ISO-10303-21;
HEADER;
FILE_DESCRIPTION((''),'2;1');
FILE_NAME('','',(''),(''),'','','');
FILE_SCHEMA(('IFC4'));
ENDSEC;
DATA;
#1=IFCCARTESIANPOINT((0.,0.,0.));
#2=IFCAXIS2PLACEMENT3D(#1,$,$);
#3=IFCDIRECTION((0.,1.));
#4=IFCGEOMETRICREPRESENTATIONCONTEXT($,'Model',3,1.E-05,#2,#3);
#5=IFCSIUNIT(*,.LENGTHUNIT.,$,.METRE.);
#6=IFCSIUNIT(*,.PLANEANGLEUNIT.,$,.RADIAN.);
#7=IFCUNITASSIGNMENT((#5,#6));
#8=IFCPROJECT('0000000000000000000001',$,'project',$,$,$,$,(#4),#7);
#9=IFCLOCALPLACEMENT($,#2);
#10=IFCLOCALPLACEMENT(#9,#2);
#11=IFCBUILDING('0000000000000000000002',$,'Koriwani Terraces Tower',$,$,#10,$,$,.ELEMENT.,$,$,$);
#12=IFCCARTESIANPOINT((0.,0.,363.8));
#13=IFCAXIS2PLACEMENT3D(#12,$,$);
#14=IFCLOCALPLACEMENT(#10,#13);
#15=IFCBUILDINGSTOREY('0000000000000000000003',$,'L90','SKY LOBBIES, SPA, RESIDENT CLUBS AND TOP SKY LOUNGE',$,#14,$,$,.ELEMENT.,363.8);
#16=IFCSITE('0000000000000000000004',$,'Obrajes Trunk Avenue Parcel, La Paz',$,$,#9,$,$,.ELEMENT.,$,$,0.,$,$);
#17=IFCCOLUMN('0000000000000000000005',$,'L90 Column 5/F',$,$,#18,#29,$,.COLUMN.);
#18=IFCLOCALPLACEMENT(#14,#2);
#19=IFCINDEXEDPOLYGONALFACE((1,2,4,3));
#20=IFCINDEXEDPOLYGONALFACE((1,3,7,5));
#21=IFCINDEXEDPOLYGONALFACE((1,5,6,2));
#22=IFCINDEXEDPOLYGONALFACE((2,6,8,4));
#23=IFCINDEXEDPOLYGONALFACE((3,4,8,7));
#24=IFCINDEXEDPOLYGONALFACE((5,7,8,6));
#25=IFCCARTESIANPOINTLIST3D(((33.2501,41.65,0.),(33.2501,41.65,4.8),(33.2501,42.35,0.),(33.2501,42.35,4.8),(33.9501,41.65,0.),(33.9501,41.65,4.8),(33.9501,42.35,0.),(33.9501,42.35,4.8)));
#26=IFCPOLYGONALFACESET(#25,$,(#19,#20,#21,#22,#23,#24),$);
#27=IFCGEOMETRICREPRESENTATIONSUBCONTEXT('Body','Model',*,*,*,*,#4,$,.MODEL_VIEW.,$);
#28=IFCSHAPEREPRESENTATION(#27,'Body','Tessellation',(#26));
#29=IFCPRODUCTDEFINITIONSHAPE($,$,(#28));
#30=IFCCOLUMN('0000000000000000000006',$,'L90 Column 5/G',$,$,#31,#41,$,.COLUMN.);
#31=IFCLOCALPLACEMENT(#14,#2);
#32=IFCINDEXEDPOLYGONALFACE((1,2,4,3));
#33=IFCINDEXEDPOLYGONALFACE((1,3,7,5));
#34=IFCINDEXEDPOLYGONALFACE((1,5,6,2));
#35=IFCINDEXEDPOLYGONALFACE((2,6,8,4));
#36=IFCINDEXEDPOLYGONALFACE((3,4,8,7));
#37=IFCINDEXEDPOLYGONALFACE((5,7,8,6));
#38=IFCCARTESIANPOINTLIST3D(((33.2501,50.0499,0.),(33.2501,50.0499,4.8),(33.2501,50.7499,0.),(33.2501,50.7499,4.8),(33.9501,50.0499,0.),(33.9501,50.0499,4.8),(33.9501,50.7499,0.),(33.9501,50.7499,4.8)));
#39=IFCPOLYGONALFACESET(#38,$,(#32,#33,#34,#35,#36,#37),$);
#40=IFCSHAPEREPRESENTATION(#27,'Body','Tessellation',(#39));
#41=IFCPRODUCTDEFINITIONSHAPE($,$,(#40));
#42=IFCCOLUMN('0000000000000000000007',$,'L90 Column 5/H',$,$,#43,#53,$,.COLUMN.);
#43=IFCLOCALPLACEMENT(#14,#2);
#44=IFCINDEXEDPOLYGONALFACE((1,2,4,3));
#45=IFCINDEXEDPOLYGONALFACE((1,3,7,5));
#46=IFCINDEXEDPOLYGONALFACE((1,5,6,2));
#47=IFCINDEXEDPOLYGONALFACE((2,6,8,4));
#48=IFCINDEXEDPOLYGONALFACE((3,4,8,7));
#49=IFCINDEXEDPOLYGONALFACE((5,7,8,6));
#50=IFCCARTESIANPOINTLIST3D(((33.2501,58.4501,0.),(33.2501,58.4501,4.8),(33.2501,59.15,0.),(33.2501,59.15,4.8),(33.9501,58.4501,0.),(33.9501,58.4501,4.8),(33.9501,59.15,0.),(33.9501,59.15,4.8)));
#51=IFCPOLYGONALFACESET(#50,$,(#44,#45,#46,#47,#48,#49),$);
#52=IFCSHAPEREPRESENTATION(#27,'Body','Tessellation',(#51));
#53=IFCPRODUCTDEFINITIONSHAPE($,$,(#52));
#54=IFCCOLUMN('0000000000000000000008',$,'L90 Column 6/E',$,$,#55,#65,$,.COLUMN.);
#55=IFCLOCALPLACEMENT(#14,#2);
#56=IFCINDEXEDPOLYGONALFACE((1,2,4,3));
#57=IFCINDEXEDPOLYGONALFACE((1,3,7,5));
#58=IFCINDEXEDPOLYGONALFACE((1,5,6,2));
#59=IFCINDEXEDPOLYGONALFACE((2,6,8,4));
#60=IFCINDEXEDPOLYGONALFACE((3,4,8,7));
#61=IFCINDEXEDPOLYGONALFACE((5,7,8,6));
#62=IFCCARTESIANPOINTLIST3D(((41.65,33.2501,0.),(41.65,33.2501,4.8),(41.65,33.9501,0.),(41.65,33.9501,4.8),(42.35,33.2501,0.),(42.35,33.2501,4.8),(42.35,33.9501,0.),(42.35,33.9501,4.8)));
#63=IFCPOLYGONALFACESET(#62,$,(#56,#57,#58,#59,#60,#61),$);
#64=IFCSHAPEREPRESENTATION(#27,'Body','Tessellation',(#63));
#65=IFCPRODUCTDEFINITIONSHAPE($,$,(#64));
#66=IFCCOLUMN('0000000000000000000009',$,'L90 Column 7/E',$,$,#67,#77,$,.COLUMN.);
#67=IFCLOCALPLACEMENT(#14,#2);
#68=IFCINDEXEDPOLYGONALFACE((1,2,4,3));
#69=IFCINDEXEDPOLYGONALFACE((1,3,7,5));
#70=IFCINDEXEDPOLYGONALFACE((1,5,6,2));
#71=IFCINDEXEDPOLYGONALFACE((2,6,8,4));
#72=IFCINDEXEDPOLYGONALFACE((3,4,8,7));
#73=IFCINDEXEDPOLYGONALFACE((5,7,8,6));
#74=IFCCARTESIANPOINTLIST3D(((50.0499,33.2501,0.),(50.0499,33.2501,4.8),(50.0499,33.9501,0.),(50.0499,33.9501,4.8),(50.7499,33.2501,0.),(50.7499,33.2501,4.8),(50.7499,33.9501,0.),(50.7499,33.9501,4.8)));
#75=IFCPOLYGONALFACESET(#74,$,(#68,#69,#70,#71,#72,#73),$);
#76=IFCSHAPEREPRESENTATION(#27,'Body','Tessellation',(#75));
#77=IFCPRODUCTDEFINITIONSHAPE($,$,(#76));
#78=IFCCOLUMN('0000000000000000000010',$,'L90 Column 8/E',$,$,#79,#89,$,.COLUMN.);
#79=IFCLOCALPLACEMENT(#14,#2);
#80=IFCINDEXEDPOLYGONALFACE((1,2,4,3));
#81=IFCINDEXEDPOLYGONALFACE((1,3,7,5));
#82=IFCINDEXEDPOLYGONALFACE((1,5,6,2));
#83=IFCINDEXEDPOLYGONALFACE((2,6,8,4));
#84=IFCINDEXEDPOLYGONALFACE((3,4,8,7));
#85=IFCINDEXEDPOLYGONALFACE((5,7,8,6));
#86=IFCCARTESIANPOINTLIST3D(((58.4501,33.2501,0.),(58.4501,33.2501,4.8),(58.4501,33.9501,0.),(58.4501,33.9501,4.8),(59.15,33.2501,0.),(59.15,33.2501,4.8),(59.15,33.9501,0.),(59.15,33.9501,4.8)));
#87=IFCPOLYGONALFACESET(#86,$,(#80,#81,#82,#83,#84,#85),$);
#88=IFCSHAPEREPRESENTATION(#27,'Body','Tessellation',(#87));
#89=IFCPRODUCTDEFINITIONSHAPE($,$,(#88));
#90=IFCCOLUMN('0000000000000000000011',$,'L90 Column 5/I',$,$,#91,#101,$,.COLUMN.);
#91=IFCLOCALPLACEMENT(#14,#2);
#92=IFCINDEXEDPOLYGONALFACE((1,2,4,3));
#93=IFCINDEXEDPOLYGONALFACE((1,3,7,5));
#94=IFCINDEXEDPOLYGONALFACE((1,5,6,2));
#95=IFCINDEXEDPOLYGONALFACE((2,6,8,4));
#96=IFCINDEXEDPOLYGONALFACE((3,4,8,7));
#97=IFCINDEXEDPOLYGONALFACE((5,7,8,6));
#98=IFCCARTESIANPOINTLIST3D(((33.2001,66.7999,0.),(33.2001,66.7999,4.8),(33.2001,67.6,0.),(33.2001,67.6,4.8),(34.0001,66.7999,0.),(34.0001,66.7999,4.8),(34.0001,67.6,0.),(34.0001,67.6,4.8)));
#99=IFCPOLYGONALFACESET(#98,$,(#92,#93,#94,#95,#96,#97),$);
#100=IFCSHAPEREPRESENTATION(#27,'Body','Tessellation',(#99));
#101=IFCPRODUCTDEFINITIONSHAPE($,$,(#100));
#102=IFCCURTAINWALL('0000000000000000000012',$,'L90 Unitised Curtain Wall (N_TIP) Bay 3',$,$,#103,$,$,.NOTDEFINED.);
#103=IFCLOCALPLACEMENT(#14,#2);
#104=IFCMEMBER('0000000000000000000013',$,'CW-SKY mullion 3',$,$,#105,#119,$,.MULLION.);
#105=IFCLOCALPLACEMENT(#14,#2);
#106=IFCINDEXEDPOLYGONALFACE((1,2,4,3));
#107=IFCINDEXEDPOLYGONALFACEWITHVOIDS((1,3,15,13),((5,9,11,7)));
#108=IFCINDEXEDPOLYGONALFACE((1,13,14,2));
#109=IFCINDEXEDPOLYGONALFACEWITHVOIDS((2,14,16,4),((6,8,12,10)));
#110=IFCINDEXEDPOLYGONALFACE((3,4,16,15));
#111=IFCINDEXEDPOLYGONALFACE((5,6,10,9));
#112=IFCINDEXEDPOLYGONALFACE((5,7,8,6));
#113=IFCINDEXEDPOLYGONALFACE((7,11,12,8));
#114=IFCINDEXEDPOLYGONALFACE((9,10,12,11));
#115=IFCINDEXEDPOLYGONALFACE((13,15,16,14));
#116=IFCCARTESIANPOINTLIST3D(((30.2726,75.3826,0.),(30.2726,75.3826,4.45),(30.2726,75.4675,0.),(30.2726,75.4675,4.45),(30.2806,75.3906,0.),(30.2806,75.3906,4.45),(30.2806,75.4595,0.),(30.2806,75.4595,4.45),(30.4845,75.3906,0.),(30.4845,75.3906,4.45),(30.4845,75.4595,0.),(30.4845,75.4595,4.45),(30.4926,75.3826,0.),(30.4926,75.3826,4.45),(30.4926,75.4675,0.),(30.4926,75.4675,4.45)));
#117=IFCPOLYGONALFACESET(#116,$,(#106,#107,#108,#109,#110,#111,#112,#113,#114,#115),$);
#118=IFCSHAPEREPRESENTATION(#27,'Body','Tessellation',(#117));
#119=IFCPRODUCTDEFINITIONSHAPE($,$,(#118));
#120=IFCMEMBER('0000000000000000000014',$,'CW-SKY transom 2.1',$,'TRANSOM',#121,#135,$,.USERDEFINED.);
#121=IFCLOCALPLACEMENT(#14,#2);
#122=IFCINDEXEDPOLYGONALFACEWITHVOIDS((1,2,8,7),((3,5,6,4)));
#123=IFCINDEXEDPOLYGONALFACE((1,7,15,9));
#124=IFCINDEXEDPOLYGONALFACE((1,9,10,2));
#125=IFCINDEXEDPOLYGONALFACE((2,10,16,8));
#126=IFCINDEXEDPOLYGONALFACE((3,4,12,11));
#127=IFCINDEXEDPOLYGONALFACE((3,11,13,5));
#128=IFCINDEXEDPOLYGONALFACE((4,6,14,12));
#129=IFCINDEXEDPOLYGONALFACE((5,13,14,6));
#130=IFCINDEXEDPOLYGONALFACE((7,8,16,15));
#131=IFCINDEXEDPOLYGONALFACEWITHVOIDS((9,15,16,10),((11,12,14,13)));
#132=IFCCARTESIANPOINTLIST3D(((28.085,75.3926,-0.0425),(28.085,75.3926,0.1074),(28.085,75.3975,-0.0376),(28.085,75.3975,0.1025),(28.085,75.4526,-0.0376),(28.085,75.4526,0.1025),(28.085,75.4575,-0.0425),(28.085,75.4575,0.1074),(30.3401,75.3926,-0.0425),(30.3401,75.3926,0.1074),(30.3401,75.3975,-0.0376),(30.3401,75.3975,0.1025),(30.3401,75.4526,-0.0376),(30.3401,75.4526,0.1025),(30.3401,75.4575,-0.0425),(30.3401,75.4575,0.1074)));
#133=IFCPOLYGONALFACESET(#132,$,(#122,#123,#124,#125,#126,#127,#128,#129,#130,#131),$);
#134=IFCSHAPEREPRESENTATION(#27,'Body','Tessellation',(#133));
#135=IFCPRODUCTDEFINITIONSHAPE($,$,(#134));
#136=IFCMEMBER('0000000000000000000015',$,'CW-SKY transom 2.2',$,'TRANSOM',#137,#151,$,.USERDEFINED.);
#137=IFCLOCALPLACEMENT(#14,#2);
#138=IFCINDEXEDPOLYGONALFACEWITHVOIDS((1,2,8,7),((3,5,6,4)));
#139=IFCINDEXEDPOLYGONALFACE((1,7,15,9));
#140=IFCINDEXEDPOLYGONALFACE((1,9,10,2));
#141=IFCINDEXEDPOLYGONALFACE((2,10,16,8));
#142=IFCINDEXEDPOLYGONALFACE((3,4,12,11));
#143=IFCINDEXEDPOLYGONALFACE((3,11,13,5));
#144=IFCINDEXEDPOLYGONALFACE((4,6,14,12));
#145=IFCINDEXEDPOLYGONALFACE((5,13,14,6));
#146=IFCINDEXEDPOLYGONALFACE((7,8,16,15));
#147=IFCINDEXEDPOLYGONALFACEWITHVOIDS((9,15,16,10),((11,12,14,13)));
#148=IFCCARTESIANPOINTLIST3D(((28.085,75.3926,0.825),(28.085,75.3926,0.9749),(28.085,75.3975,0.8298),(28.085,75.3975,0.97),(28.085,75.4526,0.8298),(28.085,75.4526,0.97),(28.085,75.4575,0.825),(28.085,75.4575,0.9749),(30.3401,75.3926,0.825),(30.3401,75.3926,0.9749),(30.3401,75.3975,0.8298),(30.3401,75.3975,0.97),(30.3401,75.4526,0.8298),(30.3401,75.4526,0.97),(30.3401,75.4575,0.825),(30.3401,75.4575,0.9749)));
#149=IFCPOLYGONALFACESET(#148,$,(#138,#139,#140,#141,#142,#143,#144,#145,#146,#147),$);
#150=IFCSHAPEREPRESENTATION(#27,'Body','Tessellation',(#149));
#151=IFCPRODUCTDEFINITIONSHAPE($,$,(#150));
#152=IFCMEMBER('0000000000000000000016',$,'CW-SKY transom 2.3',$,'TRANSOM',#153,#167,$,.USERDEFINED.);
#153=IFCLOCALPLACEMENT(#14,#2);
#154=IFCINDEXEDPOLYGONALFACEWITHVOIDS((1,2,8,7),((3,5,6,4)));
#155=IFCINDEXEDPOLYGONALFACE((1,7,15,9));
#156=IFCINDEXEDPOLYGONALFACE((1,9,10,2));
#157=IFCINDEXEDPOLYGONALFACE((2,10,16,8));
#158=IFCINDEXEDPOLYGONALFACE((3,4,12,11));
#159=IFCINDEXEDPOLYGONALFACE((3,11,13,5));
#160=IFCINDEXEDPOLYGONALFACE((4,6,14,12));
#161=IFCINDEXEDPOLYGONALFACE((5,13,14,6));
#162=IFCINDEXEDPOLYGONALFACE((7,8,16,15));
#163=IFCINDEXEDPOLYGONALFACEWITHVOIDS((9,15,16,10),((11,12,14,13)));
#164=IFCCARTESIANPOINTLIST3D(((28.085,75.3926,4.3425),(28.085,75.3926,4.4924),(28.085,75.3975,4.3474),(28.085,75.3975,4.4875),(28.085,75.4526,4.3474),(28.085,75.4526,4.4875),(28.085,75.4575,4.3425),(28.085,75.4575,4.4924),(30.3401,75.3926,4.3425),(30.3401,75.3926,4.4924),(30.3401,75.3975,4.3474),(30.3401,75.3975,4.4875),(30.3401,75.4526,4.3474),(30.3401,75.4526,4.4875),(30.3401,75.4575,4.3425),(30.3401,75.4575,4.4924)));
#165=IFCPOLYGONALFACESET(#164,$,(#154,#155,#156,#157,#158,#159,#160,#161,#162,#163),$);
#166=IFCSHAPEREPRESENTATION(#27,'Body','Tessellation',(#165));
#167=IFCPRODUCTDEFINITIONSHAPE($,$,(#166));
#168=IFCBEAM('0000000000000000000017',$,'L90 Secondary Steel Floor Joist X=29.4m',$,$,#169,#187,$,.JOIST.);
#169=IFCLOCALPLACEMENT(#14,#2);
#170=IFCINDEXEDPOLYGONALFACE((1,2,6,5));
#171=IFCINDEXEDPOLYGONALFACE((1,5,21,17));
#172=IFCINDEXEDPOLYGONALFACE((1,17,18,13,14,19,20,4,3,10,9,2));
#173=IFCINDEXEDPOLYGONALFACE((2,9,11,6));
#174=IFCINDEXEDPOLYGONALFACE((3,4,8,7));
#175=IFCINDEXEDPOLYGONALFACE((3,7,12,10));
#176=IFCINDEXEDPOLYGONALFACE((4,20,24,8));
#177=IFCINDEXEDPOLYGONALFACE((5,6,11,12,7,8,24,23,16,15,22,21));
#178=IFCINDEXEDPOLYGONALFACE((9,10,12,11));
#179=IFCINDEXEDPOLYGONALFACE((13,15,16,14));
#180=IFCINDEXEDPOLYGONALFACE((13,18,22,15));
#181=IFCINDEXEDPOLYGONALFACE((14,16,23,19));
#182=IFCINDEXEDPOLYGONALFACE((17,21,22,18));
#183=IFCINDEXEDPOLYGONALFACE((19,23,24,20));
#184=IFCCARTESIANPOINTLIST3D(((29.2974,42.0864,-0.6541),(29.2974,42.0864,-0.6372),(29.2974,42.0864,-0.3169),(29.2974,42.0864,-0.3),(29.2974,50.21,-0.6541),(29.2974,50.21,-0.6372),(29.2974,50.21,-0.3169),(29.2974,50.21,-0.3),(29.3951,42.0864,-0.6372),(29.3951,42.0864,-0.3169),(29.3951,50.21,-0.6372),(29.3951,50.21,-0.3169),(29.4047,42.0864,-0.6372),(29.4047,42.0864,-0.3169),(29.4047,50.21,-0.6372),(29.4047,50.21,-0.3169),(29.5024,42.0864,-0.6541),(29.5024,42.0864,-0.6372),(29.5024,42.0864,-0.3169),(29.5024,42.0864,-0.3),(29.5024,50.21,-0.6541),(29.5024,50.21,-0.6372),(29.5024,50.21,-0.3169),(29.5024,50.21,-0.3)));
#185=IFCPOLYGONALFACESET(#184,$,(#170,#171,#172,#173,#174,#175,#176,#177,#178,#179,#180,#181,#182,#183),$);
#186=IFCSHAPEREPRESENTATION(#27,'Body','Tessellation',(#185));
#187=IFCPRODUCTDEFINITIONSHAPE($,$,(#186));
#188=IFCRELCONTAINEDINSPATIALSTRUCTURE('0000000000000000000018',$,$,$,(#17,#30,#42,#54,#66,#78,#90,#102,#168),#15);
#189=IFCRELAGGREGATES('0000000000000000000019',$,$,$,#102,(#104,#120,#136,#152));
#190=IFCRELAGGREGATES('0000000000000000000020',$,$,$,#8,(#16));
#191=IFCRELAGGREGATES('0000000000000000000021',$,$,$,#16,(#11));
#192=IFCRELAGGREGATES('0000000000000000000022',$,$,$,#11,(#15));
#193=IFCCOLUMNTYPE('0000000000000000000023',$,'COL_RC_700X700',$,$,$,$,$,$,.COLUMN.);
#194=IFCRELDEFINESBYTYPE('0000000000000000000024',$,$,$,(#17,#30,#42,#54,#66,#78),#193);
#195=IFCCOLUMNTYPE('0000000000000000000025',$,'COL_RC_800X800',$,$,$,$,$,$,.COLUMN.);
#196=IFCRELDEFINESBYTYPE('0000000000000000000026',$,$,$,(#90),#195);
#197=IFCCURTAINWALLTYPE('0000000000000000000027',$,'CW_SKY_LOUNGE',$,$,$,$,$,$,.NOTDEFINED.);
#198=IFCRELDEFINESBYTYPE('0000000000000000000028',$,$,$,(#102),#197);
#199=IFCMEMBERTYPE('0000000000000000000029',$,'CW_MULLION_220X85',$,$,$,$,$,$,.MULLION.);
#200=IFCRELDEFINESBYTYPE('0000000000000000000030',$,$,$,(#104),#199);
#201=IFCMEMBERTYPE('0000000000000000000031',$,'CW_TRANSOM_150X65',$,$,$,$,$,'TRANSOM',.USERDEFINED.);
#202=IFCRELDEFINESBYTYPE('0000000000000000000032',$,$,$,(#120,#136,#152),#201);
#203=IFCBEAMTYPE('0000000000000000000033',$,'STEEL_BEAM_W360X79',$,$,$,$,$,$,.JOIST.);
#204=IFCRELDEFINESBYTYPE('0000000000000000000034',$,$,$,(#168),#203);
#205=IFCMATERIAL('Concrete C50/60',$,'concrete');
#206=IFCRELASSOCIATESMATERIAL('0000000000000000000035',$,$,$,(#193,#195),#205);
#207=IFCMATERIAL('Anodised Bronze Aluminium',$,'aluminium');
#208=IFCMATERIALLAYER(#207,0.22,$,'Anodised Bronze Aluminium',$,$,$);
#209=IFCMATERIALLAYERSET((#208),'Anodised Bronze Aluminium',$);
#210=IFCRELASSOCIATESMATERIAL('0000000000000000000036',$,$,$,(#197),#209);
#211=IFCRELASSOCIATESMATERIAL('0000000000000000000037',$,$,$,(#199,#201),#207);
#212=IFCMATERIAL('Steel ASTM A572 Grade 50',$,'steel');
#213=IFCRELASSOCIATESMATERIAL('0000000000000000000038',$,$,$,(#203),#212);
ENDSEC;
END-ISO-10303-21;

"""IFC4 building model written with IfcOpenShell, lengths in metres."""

from ifc_helpers import new_model, si_unit, direction, frame, origin, origin_2d, place, context, subcontext, project, spatial, rectangle, hollow_rectangle, i_section, extrude, material, layer, layer_set, material_profile, profile_set, type_object, element, aggregate, save


model = new_model("IFC4")

# Units and contexts
model_context = context("Model", 3, precision=1e-05, world=origin(), true_north=direction((0.0, 1.0)))
body_context = subcontext(model_context, "Body", "Model", "MODEL_VIEW")
ifc_project = project(units=[si_unit("LENGTHUNIT", "METRE"), si_unit("PLANEANGLEUNIT", "RADIAN")], contexts=[model_context])

# Site, building, storey
site_placement = place(None, origin())
site = spatial("IfcSite", under=ifc_project, at=site_placement, Name="Obrajes Trunk Avenue Parcel, La Paz", CompositionType="ELEMENT", RefElevation=0.0)
building_placement = place(site_placement, origin())
building = spatial("IfcBuilding", under=site, at=building_placement, Name="Koriwani Terraces Tower", CompositionType="ELEMENT")
storey_placement = place(building_placement, frame((0.0, 0.0, 363.8)))
storey = spatial("IfcBuildingStorey", under=building, at=storey_placement, Name="L90", Description="SKY LOBBIES, SPA, RESIDENT CLUBS AND TOP SKY LOUNGE", CompositionType="ELEMENT", Elevation=363.8)

# Columns
ifc_material_1 = material(Name="Concrete C50/60", Category="concrete")
ifc_material_profile_1 = material_profile(ifc_material_1, rectangle(XDim=0.7, YDim=0.7, at=origin_2d()), Name="Concrete C50/60", Category="LoadBearing")
ifc_profile_set_1 = profile_set([ifc_material_profile_1], Name="Concrete C50/60")
column_type_1 = type_object("IfcColumnType", Name="COL_RC_700X700", PredefinedType="COLUMN", material=ifc_profile_set_1)
for number, where, z_axis, x_axis, name in (
    (1, (33.6001, 42.0, 0.0), (0.0, 0.0, 1.0), (1.0, 0.0, 0.0), "L90 Column 5/F"),
    (2, (33.6001, 50.3999, 0.0), (0.0, 0.0, 1.0), (1.0, 0.0, 0.0), "L90 Column 5/G"),
    (3, (33.6001, 58.8, 0.0), (0.0, 0.0, 1.0), (1.0, 0.0, 0.0), "L90 Column 5/H"),
    (4, (42.0, 33.6001, 0.0), (0.0, 0.0, 1.0), (1.0, 0.0, 0.0), "L90 Column 6/E"),
    (5, (50.3999, 33.6001, 0.0), (0.0, 0.0, 1.0), (1.0, 0.0, 0.0), "L90 Column 7/E"),
    (6, (58.8, 33.6001, 0.0), (0.0, 0.0, 1.0), (1.0, 0.0, 0.0), "L90 Column 8/E"),
):
    element("IfcColumn", number, at=place(storey_placement, frame(where, z_axis=z_axis, x_axis=x_axis)), inside=storey, type_object=column_type_1, Name=name, PredefinedType="COLUMN", context=body_context, shape_type="SweptSolid", body=[
        extrude(rectangle(XDim=0.7, YDim=0.7, at=origin_2d()), origin(), (0.0, 0.0, 1.0), 4.8),
    ])
ifc_material_profile_2 = material_profile(ifc_material_1, rectangle(XDim=0.8, YDim=0.8, at=origin_2d()), Name="Concrete C50/60", Category="LoadBearing")
ifc_profile_set_2 = profile_set([ifc_material_profile_2], Name="Concrete C50/60")
column_type_2 = type_object("IfcColumnType", Name="COL_RC_800X800", PredefinedType="COLUMN", material=ifc_profile_set_2)
column_placement = place(storey_placement, frame((33.6001, 67.2, 0.0), z_axis=(0.0, 0.0, 1.0), x_axis=(1.0, 0.0, 0.0)))
element("IfcColumn", 7, at=column_placement, inside=storey, type_object=column_type_2, Name="L90 Column 5/I", PredefinedType="COLUMN", context=body_context, shape_type="SweptSolid", body=[
    extrude(rectangle(XDim=0.8, YDim=0.8, at=origin_2d()), origin(), (0.0, 0.0, 1.0), 4.8),
])

# Curtain wall, members
ifc_material_2 = material(Name="Anodised Bronze Aluminium", Category="aluminium")
ifc_layer_1 = layer(ifc_material_2, 0.22, Name="Anodised Bronze Aluminium")
ifc_layer_set_1 = layer_set([ifc_layer_1], Name="Anodised Bronze Aluminium")
curtain_wall_type = type_object("IfcCurtainWallType", Name="CW_SKY_LOUNGE", PredefinedType="NOTDEFINED", material=ifc_layer_set_1)
curtain_wall_placement = place(storey_placement, origin())
curtain_wall = element("IfcCurtainWall", 8, at=curtain_wall_placement, inside=storey, type_object=curtain_wall_type, Name="L90 Unitised Curtain Wall (N_TIP) Bay 3", PredefinedType="NOTDEFINED")
ifc_material_profile_3 = material_profile(ifc_material_2, hollow_rectangle(XDim=0.085, YDim=0.22, WallThickness=0.0081, at=origin_2d()), Name="Anodised Bronze Aluminium", Category="LoadBearing")
ifc_profile_set_3 = profile_set([ifc_material_profile_3], Name="Anodised Bronze Aluminium")
member_type_1 = type_object("IfcMemberType", Name="CW_MULLION_220X85", PredefinedType="MULLION", material=ifc_profile_set_3)
member_1_placement = place(storey_placement, frame((30.3826, 75.425, 0.0), z_axis=(0.0, 0.0, 1.0), x_axis=(0.0, 1.0, 0.0)))
member_1 = element("IfcMember", 9, at=member_1_placement, type_object=member_type_1, Name="CW-SKY mullion 3", PredefinedType="MULLION", context=body_context, shape_type="SweptSolid", body=[
    extrude(hollow_rectangle(XDim=0.085, YDim=0.22, WallThickness=0.0081, at=origin_2d()), origin(), (0.0, 0.0, 1.0), 4.45),
])
ifc_material_profile_4 = material_profile(ifc_material_2, hollow_rectangle(XDim=0.0649, YDim=0.1499, WallThickness=0.0049, at=origin_2d()), Name="Anodised Bronze Aluminium", Category="LoadBearing")
ifc_profile_set_4 = profile_set([ifc_material_profile_4], Name="Anodised Bronze Aluminium")
member_type_2 = type_object("IfcMemberType", Name="CW_TRANSOM_150X65", ElementType="TRANSOM", PredefinedType="USERDEFINED", material=ifc_profile_set_4)
member_2_placement = place(storey_placement, frame((28.085, 75.425, 0.0325), z_axis=(1.0, 0.0, 0.0), x_axis=(0.0, 1.0, 0.0)))
member_2 = element("IfcMember", 10, at=member_2_placement, type_object=member_type_2, Name="CW-SKY transom 2.1", ObjectType="TRANSOM", PredefinedType="USERDEFINED", context=body_context, shape_type="SweptSolid", body=[
    extrude(hollow_rectangle(XDim=0.0649, YDim=0.1499, WallThickness=0.0049, at=origin_2d()), origin(), (0.0, 0.0, 1.0), 2.2551),
])
member_3_placement = place(storey_placement, frame((28.085, 75.425, 0.8999), z_axis=(1.0, 0.0, 0.0), x_axis=(0.0, 1.0, 0.0)))
member_3 = element("IfcMember", 11, at=member_3_placement, type_object=member_type_2, Name="CW-SKY transom 2.2", ObjectType="TRANSOM", PredefinedType="USERDEFINED", context=body_context, shape_type="SweptSolid", body=[
    extrude(hollow_rectangle(XDim=0.0649, YDim=0.1499, WallThickness=0.0049, at=origin_2d()), origin(), (0.0, 0.0, 1.0), 2.2551),
])
member_4_placement = place(storey_placement, frame((28.085, 75.425, 4.4175), z_axis=(1.0, 0.0, 0.0), x_axis=(0.0, 1.0, 0.0)))
member_4 = element("IfcMember", 12, at=member_4_placement, type_object=member_type_2, Name="CW-SKY transom 2.3", ObjectType="TRANSOM", PredefinedType="USERDEFINED", context=body_context, shape_type="SweptSolid", body=[
    extrude(hollow_rectangle(XDim=0.0649, YDim=0.1499, WallThickness=0.0049, at=origin_2d()), origin(), (0.0, 0.0, 1.0), 2.2551),
])

# Beam
ifc_material_3 = material(Name="Steel ASTM A572 Grade 50", Category="steel")
ifc_material_profile_5 = material_profile(ifc_material_3, i_section(OverallWidth=0.2051, OverallDepth=0.354, WebThickness=0.0095, FlangeThickness=0.0168, at=origin_2d()), Name="Steel ASTM A572 Grade 50", Category="LoadBearing")
ifc_profile_set_5 = profile_set([ifc_material_profile_5], Name="Steel ASTM A572 Grade 50")
beam_type = type_object("IfcBeamType", Name="STEEL_BEAM_W360X79", PredefinedType="JOIST", material=ifc_profile_set_5)
for number, where, z_axis, x_axis, name in (
    (13, (29.3999, 42.0864, -0.4771), (0.0, 1.0, 0.0), (-1.0, 0.0, 0.0), "L90 Secondary Steel Floor Joist X=29.4m"),
):
    element("IfcBeam", number, at=place(storey_placement, frame(where, z_axis=z_axis, x_axis=x_axis)), inside=storey, type_object=beam_type, Name=name, PredefinedType="JOIST", context=body_context, shape_type="SweptSolid", body=[
        extrude(i_section(OverallWidth=0.2051, OverallDepth=0.354, WebThickness=0.0095, FlangeThickness=0.0168, at=origin_2d()), origin(), (0.0, 0.0, 1.0), 8.1235),
    ])

aggregate(curtain_wall, [member_1, member_2, member_3, member_4])

save(model, "model.ifc")
